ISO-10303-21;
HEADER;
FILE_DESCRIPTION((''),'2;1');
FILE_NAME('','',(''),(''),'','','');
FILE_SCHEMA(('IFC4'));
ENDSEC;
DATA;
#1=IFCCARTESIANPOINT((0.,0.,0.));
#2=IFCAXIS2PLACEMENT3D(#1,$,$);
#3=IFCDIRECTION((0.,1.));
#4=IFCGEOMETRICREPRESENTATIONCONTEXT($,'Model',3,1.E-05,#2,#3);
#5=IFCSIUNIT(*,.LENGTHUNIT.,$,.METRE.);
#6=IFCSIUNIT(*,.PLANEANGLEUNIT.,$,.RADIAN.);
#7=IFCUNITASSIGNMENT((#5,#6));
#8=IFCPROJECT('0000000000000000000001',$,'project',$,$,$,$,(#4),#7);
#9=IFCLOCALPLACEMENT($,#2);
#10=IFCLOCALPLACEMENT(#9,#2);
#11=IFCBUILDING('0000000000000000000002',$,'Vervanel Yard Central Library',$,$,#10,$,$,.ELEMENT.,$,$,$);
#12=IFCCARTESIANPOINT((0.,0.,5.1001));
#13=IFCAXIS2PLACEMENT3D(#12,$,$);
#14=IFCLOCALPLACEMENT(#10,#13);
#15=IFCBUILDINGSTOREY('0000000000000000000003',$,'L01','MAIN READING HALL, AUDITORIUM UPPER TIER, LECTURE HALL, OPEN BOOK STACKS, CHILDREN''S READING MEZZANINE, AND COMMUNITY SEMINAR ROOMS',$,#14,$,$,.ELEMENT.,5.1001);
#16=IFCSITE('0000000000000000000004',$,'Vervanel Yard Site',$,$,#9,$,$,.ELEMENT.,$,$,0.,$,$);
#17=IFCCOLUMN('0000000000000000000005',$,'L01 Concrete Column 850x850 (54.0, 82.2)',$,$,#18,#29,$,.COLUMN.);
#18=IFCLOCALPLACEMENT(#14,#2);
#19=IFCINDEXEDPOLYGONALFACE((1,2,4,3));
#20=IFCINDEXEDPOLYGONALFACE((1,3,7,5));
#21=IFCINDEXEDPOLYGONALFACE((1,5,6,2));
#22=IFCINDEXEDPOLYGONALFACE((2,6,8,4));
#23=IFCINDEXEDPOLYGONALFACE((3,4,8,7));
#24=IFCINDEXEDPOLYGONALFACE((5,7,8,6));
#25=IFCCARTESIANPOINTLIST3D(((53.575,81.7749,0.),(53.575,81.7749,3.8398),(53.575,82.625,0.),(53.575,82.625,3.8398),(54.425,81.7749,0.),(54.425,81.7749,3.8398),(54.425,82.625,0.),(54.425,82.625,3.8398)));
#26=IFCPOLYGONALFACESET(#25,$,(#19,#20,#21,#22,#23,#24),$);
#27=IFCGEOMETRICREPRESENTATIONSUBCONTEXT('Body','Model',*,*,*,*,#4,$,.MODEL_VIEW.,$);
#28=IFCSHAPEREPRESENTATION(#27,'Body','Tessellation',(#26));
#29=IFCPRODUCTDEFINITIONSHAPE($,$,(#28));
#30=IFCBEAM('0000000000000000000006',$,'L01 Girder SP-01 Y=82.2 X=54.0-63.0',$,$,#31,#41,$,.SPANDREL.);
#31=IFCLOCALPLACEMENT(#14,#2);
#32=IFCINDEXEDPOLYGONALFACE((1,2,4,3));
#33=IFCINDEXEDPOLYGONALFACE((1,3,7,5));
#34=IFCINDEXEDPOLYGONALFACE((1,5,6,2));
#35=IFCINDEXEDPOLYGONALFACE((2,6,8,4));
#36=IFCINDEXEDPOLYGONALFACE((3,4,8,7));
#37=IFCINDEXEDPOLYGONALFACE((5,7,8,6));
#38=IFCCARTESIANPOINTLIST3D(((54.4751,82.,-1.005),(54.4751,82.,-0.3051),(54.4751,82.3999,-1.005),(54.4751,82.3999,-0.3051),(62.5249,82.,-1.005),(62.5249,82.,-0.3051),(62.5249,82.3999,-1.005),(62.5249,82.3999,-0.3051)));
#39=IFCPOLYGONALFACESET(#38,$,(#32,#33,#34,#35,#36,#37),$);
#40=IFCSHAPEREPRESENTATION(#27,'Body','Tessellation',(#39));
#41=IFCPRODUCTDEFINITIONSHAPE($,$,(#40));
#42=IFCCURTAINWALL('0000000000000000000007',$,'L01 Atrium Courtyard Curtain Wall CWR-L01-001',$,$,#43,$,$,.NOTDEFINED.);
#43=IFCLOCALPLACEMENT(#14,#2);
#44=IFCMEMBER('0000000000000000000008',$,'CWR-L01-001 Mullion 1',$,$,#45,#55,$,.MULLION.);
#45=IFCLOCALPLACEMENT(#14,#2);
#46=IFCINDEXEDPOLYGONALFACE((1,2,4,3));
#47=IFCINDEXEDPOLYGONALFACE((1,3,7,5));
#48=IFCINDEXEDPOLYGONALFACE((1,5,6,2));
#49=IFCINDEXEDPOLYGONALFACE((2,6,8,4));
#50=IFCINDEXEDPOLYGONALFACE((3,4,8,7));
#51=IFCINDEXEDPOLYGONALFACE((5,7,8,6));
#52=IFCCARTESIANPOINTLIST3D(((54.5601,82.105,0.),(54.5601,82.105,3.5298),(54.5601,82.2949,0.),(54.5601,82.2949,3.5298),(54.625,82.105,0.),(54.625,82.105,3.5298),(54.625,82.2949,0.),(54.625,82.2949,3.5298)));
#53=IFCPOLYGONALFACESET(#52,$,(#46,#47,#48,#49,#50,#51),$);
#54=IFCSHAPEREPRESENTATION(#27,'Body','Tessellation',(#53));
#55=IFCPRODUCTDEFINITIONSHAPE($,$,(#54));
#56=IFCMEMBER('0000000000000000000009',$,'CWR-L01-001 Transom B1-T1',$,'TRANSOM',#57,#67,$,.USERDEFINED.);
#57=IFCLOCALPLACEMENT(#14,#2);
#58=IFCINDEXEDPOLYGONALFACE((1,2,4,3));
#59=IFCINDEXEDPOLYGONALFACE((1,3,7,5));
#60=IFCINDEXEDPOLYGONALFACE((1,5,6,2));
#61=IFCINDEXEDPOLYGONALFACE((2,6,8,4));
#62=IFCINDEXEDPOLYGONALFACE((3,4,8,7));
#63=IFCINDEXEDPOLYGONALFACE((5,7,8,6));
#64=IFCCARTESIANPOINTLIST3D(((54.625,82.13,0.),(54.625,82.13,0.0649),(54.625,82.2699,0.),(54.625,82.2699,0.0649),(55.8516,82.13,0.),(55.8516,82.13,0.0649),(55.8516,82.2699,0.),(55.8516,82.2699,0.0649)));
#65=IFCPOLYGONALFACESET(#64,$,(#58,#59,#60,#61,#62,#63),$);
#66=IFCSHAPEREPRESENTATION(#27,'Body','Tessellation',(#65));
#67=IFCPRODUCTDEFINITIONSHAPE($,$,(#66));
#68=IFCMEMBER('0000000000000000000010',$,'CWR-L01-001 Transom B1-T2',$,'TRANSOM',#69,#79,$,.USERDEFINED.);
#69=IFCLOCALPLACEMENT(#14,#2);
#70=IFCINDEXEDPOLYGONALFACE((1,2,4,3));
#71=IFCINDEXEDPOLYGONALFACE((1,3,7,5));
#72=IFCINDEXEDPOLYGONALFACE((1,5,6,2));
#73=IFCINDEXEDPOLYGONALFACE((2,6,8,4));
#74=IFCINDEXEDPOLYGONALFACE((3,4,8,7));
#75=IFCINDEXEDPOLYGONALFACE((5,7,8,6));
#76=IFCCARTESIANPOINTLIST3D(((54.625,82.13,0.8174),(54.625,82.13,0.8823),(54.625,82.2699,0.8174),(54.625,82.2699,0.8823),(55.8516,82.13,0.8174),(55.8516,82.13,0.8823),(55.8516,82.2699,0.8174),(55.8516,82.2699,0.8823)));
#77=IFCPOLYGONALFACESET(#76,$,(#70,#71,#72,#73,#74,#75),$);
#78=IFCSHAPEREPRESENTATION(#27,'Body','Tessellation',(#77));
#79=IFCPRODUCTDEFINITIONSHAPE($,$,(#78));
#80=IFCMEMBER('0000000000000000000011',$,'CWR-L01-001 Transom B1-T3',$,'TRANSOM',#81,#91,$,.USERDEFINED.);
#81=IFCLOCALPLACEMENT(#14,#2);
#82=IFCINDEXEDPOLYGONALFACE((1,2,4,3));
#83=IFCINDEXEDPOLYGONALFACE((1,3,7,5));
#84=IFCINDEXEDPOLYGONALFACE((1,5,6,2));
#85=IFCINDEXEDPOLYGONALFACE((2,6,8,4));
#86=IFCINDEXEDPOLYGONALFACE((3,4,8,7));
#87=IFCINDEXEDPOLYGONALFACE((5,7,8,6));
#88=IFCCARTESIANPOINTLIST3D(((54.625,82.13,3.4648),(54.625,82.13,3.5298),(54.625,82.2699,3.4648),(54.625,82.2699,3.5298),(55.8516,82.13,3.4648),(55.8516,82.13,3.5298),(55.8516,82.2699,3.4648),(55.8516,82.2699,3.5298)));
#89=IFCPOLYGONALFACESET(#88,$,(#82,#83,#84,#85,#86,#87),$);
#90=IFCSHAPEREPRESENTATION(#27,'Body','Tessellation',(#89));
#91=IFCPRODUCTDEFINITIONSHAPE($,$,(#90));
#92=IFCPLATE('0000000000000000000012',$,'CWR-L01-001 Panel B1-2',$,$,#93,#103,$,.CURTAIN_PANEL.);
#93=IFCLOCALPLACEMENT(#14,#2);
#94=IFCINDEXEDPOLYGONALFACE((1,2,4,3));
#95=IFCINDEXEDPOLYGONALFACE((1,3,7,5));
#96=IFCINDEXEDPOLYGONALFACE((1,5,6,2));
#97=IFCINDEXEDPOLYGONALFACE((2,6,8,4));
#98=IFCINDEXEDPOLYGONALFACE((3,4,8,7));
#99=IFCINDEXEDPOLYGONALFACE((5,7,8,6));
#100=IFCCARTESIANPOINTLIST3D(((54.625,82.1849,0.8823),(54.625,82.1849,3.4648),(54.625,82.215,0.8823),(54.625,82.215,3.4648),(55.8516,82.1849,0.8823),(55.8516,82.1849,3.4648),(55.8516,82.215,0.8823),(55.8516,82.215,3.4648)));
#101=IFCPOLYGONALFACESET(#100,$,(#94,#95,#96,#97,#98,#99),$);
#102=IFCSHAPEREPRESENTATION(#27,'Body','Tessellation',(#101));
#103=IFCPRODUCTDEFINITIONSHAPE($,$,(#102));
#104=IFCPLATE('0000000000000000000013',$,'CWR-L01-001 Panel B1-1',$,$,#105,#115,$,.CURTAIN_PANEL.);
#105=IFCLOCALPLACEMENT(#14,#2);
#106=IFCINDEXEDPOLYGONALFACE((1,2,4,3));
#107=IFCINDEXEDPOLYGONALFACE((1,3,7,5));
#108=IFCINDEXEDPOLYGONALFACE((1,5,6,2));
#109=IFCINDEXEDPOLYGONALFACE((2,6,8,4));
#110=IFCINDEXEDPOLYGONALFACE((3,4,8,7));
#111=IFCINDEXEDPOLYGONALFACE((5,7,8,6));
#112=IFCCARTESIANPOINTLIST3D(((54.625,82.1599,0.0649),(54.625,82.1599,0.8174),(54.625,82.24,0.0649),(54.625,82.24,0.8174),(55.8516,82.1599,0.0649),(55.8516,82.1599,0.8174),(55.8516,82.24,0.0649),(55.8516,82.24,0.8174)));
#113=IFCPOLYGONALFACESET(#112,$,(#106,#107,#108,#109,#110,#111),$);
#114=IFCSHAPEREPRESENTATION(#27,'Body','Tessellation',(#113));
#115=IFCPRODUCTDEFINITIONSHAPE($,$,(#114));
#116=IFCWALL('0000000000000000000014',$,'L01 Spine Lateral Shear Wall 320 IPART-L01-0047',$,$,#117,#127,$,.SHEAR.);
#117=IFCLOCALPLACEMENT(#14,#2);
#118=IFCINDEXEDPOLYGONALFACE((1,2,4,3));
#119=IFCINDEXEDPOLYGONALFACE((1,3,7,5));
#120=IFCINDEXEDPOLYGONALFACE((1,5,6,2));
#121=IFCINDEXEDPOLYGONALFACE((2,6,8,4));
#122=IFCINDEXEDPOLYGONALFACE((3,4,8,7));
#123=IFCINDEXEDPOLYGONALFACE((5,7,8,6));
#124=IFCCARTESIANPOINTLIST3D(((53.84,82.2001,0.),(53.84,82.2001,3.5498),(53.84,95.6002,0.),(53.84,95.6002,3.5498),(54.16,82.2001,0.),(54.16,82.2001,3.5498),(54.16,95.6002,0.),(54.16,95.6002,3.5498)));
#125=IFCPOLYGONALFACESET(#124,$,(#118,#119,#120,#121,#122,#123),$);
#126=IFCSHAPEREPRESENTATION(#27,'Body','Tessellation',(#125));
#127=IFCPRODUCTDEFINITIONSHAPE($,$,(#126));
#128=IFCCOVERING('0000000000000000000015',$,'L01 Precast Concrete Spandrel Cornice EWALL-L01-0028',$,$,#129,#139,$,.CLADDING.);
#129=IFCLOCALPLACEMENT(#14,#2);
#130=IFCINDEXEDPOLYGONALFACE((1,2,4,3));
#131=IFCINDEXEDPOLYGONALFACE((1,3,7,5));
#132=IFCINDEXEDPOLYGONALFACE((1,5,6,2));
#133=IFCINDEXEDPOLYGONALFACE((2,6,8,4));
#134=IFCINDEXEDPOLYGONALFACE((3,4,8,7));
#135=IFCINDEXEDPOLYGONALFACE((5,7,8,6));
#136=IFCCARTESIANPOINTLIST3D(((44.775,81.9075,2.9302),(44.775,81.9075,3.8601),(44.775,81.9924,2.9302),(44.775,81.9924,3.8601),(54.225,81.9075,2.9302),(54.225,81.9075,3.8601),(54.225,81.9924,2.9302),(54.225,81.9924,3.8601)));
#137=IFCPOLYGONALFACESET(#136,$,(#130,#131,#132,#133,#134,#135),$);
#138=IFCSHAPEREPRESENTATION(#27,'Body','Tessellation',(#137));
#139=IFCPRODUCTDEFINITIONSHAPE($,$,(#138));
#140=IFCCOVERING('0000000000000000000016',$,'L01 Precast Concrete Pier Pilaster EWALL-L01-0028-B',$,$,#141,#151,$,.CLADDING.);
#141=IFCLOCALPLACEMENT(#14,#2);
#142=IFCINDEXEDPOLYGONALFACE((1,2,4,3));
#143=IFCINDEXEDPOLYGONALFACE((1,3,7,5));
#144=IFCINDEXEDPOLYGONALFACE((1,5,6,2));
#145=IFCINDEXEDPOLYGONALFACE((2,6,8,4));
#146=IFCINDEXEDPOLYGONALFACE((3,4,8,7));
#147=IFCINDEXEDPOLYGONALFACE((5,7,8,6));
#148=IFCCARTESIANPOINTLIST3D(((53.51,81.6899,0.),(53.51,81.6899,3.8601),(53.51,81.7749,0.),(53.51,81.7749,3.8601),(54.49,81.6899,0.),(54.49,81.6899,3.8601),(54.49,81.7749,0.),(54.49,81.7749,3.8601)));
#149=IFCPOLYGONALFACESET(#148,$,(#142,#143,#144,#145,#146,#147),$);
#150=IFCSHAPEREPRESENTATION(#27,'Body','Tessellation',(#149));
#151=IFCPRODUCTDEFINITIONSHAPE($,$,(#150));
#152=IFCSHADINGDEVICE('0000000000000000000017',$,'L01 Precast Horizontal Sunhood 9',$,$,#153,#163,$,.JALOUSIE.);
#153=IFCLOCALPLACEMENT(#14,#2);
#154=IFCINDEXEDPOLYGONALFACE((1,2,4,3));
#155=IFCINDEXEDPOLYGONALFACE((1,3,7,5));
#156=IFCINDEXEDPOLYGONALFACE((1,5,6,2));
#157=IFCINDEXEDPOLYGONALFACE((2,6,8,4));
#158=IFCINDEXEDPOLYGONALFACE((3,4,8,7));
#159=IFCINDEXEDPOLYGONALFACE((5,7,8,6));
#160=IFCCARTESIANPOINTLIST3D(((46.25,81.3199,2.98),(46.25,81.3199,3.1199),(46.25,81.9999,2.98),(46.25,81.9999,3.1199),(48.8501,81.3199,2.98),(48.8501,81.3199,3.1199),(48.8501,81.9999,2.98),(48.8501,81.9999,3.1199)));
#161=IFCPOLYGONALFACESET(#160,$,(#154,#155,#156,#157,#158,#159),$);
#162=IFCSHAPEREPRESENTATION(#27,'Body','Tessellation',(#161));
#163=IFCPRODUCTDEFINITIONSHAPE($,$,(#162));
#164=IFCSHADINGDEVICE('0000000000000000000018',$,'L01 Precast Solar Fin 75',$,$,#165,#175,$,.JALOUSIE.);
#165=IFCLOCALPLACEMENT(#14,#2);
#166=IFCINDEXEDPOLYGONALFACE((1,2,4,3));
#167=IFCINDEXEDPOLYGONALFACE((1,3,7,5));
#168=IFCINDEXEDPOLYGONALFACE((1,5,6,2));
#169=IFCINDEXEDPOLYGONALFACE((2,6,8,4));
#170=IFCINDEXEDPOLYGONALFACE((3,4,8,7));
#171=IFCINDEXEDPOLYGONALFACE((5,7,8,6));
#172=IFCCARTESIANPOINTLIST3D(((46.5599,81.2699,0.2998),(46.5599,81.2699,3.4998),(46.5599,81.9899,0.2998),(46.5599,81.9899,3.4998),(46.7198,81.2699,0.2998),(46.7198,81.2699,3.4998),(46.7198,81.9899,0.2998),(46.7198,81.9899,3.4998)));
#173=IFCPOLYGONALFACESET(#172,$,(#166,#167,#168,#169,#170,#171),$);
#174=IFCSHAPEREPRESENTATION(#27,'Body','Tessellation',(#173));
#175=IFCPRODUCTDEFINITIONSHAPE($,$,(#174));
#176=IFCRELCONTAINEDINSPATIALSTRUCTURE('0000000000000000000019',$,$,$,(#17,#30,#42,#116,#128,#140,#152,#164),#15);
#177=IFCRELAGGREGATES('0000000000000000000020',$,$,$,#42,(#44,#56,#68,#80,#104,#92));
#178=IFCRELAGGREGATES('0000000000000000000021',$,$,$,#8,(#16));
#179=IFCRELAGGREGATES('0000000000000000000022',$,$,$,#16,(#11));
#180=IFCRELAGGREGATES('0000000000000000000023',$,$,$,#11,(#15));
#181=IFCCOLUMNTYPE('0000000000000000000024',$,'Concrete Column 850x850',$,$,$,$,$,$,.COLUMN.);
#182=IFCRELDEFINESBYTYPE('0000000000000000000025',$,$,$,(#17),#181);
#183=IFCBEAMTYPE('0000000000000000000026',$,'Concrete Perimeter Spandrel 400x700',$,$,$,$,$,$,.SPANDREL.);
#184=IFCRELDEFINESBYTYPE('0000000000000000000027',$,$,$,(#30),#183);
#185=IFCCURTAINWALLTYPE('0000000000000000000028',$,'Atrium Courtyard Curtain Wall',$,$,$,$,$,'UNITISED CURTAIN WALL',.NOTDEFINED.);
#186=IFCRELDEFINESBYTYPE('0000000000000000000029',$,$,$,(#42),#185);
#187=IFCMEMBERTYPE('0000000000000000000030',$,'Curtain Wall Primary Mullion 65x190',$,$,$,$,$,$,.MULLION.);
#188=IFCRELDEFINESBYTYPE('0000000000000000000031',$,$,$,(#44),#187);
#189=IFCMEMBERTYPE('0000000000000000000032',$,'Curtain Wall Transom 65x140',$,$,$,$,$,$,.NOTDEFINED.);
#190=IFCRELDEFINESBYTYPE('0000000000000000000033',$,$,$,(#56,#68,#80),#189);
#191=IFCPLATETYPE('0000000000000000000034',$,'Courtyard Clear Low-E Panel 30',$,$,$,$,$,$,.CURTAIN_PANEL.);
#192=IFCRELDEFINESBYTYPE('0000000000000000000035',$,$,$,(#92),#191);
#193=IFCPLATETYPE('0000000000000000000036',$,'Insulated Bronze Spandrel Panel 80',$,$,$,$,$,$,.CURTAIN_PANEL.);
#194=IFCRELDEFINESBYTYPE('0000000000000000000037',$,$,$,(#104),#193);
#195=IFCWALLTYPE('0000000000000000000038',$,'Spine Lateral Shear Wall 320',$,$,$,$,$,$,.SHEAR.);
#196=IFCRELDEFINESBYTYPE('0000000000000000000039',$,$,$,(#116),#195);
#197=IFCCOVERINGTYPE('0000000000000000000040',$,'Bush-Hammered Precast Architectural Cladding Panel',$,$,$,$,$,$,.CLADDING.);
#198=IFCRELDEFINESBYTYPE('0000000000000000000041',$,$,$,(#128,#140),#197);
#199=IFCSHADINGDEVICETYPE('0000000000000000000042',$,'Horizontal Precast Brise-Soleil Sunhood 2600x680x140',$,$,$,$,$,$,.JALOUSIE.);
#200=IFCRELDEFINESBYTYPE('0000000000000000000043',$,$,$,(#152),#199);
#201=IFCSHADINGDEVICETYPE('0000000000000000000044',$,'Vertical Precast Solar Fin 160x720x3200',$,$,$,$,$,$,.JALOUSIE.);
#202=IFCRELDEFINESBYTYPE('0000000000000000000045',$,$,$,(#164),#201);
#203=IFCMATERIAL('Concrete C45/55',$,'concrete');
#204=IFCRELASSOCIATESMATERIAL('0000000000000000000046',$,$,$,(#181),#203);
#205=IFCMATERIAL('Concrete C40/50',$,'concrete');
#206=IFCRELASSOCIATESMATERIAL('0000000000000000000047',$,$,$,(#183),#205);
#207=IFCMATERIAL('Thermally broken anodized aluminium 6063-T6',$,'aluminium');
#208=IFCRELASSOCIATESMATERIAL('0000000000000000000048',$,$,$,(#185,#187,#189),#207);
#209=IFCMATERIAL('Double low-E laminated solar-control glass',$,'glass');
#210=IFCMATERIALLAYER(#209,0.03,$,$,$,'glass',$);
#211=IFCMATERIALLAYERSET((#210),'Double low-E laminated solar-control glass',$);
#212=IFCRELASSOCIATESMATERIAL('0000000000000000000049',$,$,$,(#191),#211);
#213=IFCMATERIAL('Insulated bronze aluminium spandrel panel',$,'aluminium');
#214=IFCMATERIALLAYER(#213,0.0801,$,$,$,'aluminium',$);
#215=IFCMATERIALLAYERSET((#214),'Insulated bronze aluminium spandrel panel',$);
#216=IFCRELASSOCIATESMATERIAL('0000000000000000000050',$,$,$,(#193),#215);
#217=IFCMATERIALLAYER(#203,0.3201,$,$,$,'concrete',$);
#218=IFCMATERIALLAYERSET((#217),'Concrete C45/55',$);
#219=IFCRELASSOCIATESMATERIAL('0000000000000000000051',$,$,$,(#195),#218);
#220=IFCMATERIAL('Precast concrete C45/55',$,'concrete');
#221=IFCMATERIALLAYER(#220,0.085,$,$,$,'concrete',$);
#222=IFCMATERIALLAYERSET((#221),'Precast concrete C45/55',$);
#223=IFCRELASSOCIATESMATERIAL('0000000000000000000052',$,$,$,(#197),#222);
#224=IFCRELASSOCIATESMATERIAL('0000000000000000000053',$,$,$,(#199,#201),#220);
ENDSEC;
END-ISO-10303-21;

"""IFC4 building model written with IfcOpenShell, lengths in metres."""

from ifc_helpers import new_model, si_unit, direction, frame, frame_2d, origin, origin_2d, place, context, subcontext, project, spatial, rectangle, extrude, material, layer, layer_set, material_profile, profile_set, type_object, element, aggregate, save


model = new_model("IFC4")

# Units and contexts
model_context = context("Model", 3, precision=1e-05, world=origin(), true_north=direction((0.0, 1.0)))
body_context = subcontext(model_context, "Body", "Model", "MODEL_VIEW")
ifc_project = project(units=[si_unit("LENGTHUNIT", "METRE"), si_unit("PLANEANGLEUNIT", "RADIAN")], contexts=[model_context])

# Site, building, storey
site_placement = place(None, origin())
site = spatial("IfcSite", under=ifc_project, at=site_placement, Name="Vervanel Yard Site", CompositionType="ELEMENT", RefElevation=0.0)
building_placement = place(site_placement, origin())
building = spatial("IfcBuilding", under=site, at=building_placement, Name="Vervanel Yard Central Library", CompositionType="ELEMENT")
storey_placement = place(building_placement, frame((0.0, 0.0, 5.1001)))
storey = spatial("IfcBuildingStorey", under=building, at=storey_placement, Name="L01", Description="MAIN READING HALL, AUDITORIUM UPPER TIER, LECTURE HALL, OPEN BOOK STACKS, CHILDREN'S READING MEZZANINE, AND COMMUNITY SEMINAR ROOMS", CompositionType="ELEMENT", Elevation=5.1001)

# Column
ifc_material_1 = material(Name="Concrete C45/55", Category="concrete")
ifc_material_profile_1 = material_profile(ifc_material_1, rectangle(XDim=0.8501, YDim=0.8501, at=origin_2d()), Name="RC 850x850", Category="concrete")
ifc_profile_set_1 = profile_set([ifc_material_profile_1], Name="Concrete C45/55")
column_type = type_object("IfcColumnType", Name="Concrete Column 850x850", PredefinedType="COLUMN", material=ifc_profile_set_1)
column_placement = place(storey_placement, frame((54.0, 82.2, 0.0), z_axis=(0.0, 0.0, 1.0), x_axis=(1.0, 0.0, 0.0)))
element("IfcColumn", 1, at=column_placement, inside=storey, type_object=column_type, Name="L01 Concrete Column 850x850 (54.0, 82.2)", PredefinedType="COLUMN", context=body_context, shape_type="SweptSolid", body=[
    extrude(rectangle(XDim=0.8501, YDim=0.8501, at=origin_2d()), origin(), (0.0, 0.0, 1.0), 3.8398),
])

# Beam
ifc_material_2 = material(Name="Concrete C40/50", Category="concrete")
ifc_material_profile_2 = material_profile(ifc_material_2, rectangle(XDim=0.3999, YDim=0.7, at=origin_2d()), Name="RC 400x700", Category="concrete")
ifc_profile_set_2 = profile_set([ifc_material_profile_2], Name="Concrete C40/50")
beam_type = type_object("IfcBeamType", Name="Concrete Perimeter Spandrel 400x700", PredefinedType="SPANDREL", material=ifc_profile_set_2)
beam_placement = place(storey_placement, frame((54.4751, 82.2, -0.655), z_axis=(1.0, 0.0, 0.0), x_axis=(0.0, 1.0, 0.0)))
element("IfcBeam", 2, at=beam_placement, inside=storey, type_object=beam_type, Name="L01 Girder SP-01 Y=82.2 X=54.0-63.0", PredefinedType="SPANDREL", context=body_context, shape_type="SweptSolid", body=[
    extrude(rectangle(XDim=0.3999, YDim=0.7, at=origin_2d()), origin(), (0.0, 0.0, 1.0), 8.0498),
])

# Curtain wall, members, plates
ifc_material_3 = material(Name="Thermally broken anodized aluminium 6063-T6", Category="aluminium")
curtain_wall_type = type_object("IfcCurtainWallType", Name="Atrium Courtyard Curtain Wall", ElementType="UNITISED CURTAIN WALL", PredefinedType="NOTDEFINED", material=ifc_material_3)
curtain_wall_placement = place(storey_placement, origin())
curtain_wall = element("IfcCurtainWall", 3, at=curtain_wall_placement, inside=storey, type_object=curtain_wall_type, Name="L01 Atrium Courtyard Curtain Wall CWR-L01-001", PredefinedType="NOTDEFINED")
ifc_material_profile_3 = material_profile(ifc_material_3, rectangle(XDim=0.0649, YDim=0.1899, at=origin_2d()), Name="ALU 65x190", Category="aluminium")
ifc_profile_set_3 = profile_set([ifc_material_profile_3], Name="Thermally broken anodized aluminium 6063-T6")
member_type_1 = type_object("IfcMemberType", Name="Curtain Wall Primary Mullion 65x190", PredefinedType="MULLION", material=ifc_profile_set_3)
member_1_placement = place(storey_placement, frame((54.5925, 82.2, 0.0), z_axis=(0.0, 0.0, 1.0), x_axis=(1.0, 0.0, 0.0)))
member_1 = element("IfcMember", 4, at=member_1_placement, type_object=member_type_1, Name="CWR-L01-001 Mullion 1", PredefinedType="MULLION", context=body_context, shape_type="SweptSolid", body=[
    extrude(rectangle(XDim=0.0649, YDim=0.1899, at=origin_2d()), origin(), (0.0, 0.0, 1.0), 3.5298),
])
ifc_material_profile_4 = material_profile(ifc_material_3, rectangle(XDim=0.0649, YDim=0.1399, at=origin_2d()), Name="ALU 65x140", Category="aluminium")
ifc_profile_set_4 = profile_set([ifc_material_profile_4], Name="Thermally broken anodized aluminium 6063-T6")
member_type_2 = type_object("IfcMemberType", Name="Curtain Wall Transom 65x140", PredefinedType="NOTDEFINED", material=ifc_profile_set_4)
member_2_placement = place(storey_placement, frame((54.625, 82.2, 0.0325), z_axis=(1.0, 0.0, 0.0), x_axis=(0.0, 0.0, 1.0)))
member_2 = element("IfcMember", 5, at=member_2_placement, type_object=member_type_2, Name="CWR-L01-001 Transom B1-T1", ObjectType="TRANSOM", PredefinedType="USERDEFINED", context=body_context, shape_type="SweptSolid", body=[
    extrude(rectangle(XDim=0.0649, YDim=0.1399, at=origin_2d()), origin(), (0.0, 0.0, 1.0), 1.2266),
])
member_3_placement = place(storey_placement, frame((54.625, 82.2, 0.8499), z_axis=(1.0, 0.0, 0.0), x_axis=(0.0, 0.0, 1.0)))
member_3 = element("IfcMember", 6, at=member_3_placement, type_object=member_type_2, Name="CWR-L01-001 Transom B1-T2", ObjectType="TRANSOM", PredefinedType="USERDEFINED", context=body_context, shape_type="SweptSolid", body=[
    extrude(rectangle(XDim=0.0649, YDim=0.1399, at=origin_2d()), origin(), (0.0, 0.0, 1.0), 1.2266),
])
member_4_placement = place(storey_placement, frame((54.625, 82.2, 3.4973), z_axis=(1.0, 0.0, 0.0), x_axis=(0.0, 0.0, 1.0)))
member_4 = element("IfcMember", 7, at=member_4_placement, type_object=member_type_2, Name="CWR-L01-001 Transom B1-T3", ObjectType="TRANSOM", PredefinedType="USERDEFINED", context=body_context, shape_type="SweptSolid", body=[
    extrude(rectangle(XDim=0.0649, YDim=0.1399, at=origin_2d()), origin(), (0.0, 0.0, 1.0), 1.2266),
])
ifc_material_4 = material(Name="Double low-E laminated solar-control glass", Category="glass")
ifc_layer_1 = layer(ifc_material_4, 0.03, Category="glass")
ifc_layer_set_1 = layer_set([ifc_layer_1], Name="Double low-E laminated solar-control glass")
plate_type_1 = type_object("IfcPlateType", Name="Courtyard Clear Low-E Panel 30", PredefinedType="CURTAIN_PANEL", material=ifc_layer_set_1)
plate_1_placement = place(storey_placement, frame((55.2383, 82.2, 0.8823), z_axis=(0.0, 0.0, 1.0), x_axis=(1.0, 0.0, 0.0)))
plate_1 = element("IfcPlate", 8, at=plate_1_placement, type_object=plate_type_1, Name="CWR-L01-001 Panel B1-2", PredefinedType="CURTAIN_PANEL", context=body_context, shape_type="SweptSolid", body=[
    extrude(rectangle(XDim=1.2266, YDim=0.03, at=origin_2d()), origin(), (0.0, 0.0, 1.0), 2.5825),
])
ifc_material_5 = material(Name="Insulated bronze aluminium spandrel panel", Category="aluminium")
ifc_layer_2 = layer(ifc_material_5, 0.0801, Category="aluminium")
ifc_layer_set_2 = layer_set([ifc_layer_2], Name="Insulated bronze aluminium spandrel panel")
plate_type_2 = type_object("IfcPlateType", Name="Insulated Bronze Spandrel Panel 80", PredefinedType="CURTAIN_PANEL", material=ifc_layer_set_2)
plate_2_placement = place(storey_placement, frame((55.2383, 82.2, 0.0649), z_axis=(0.0, 0.0, 1.0), x_axis=(1.0, 0.0, 0.0)))
plate_2 = element("IfcPlate", 9, at=plate_2_placement, type_object=plate_type_2, Name="CWR-L01-001 Panel B1-1", PredefinedType="CURTAIN_PANEL", context=body_context, shape_type="SweptSolid", body=[
    extrude(rectangle(XDim=1.2266, YDim=0.0801, at=origin_2d()), origin(), (0.0, 0.0, 1.0), 0.7524),
])
aggregate(curtain_wall, [member_1, member_2, member_3, member_4, plate_2, plate_1])

# Wall
ifc_layer_3 = layer(ifc_material_1, 0.3201, Category="concrete")
ifc_layer_set_3 = layer_set([ifc_layer_3], Name="Concrete C45/55")
wall_type = type_object("IfcWallType", Name="Spine Lateral Shear Wall 320", PredefinedType="SHEAR", material=ifc_layer_set_3)
wall_placement = place(storey_placement, frame((54.0, 82.2, 0.0), z_axis=(0.0, 0.0, 1.0), x_axis=(0.0, 1.0, 0.0)))
element("IfcWall", 10, at=wall_placement, inside=storey, type_object=wall_type, Name="L01 Spine Lateral Shear Wall 320 IPART-L01-0047", PredefinedType="SHEAR", context=body_context, shape_type="SweptSolid", body=[
    extrude(rectangle(XDim=13.4001, YDim=0.3201, at=frame_2d((6.7002, 0.0))), origin(), (0.0, 0.0, 1.0), 3.5498),
])

# Coverings
ifc_material_6 = material(Name="Precast concrete C45/55", Category="concrete")
ifc_layer_4 = layer(ifc_material_6, 0.085, Category="concrete")
ifc_layer_set_4 = layer_set([ifc_layer_4], Name="Precast concrete C45/55")
covering_type = type_object("IfcCoveringType", Name="Bush-Hammered Precast Architectural Cladding Panel", PredefinedType="CLADDING", material=ifc_layer_set_4)
covering_1_placement = place(storey_placement, frame((49.5, 81.95, 2.9302), z_axis=(0.0, 0.0, 1.0), x_axis=(1.0, 0.0, 0.0)))
element("IfcCovering", 11, at=covering_1_placement, inside=storey, type_object=covering_type, Name="L01 Precast Concrete Spandrel Cornice EWALL-L01-0028", PredefinedType="CLADDING", context=body_context, shape_type="SweptSolid", body=[
    extrude(rectangle(XDim=9.45, YDim=0.085, at=origin_2d()), origin(), (0.0, 0.0, 1.0), 0.9299),
])
covering_2_placement = place(storey_placement, frame((54.0, 81.7324, 0.0), z_axis=(0.0, 0.0, 1.0), x_axis=(1.0, 0.0, 0.0)))
element("IfcCovering", 12, at=covering_2_placement, inside=storey, type_object=covering_type, Name="L01 Precast Concrete Pier Pilaster EWALL-L01-0028-B", PredefinedType="CLADDING", context=body_context, shape_type="SweptSolid", body=[
    extrude(rectangle(XDim=0.98, YDim=0.085, at=origin_2d()), origin(), (0.0, 0.0, 1.0), 3.8601),
])

# Shading devices
shading_device_type_1 = type_object("IfcShadingDeviceType", Name="Horizontal Precast Brise-Soleil Sunhood 2600x680x140", PredefinedType="JALOUSIE", material=ifc_material_6)
shading_device_placement = place(storey_placement, frame((47.55, 81.6599, 2.98), z_axis=(0.0, 0.0, 1.0), x_axis=(1.0, 0.0, 0.0)))
element("IfcShadingDevice", 13, at=shading_device_placement, inside=storey, type_object=shading_device_type_1, Name="L01 Precast Horizontal Sunhood 9", PredefinedType="JALOUSIE", context=body_context, shape_type="SweptSolid", body=[
    extrude(rectangle(XDim=2.6001, YDim=0.6799, at=origin_2d()), origin(), (0.0, 0.0, 1.0), 0.1399),
])
shading_device_type_2 = type_object("IfcShadingDeviceType", Name="Vertical Precast Solar Fin 160x720x3200", PredefinedType="JALOUSIE", material=ifc_material_6)
for number, where, z_axis, x_axis, name in (
    (14, (46.6399, 81.6299, 0.2998), (0.0, 0.0, 1.0), (1.0, 0.0, 0.0), "L01 Precast Solar Fin 75"),
):
    element("IfcShadingDevice", number, at=place(storey_placement, frame(where, z_axis=z_axis, x_axis=x_axis)), inside=storey, type_object=shading_device_type_2, Name=name, PredefinedType="JALOUSIE", context=body_context, shape_type="SweptSolid", body=[
        extrude(rectangle(XDim=0.1599, YDim=0.72, at=origin_2d()), origin(), (0.0, 0.0, 1.0), 3.2),
    ])

save(model, "model.ifc")
